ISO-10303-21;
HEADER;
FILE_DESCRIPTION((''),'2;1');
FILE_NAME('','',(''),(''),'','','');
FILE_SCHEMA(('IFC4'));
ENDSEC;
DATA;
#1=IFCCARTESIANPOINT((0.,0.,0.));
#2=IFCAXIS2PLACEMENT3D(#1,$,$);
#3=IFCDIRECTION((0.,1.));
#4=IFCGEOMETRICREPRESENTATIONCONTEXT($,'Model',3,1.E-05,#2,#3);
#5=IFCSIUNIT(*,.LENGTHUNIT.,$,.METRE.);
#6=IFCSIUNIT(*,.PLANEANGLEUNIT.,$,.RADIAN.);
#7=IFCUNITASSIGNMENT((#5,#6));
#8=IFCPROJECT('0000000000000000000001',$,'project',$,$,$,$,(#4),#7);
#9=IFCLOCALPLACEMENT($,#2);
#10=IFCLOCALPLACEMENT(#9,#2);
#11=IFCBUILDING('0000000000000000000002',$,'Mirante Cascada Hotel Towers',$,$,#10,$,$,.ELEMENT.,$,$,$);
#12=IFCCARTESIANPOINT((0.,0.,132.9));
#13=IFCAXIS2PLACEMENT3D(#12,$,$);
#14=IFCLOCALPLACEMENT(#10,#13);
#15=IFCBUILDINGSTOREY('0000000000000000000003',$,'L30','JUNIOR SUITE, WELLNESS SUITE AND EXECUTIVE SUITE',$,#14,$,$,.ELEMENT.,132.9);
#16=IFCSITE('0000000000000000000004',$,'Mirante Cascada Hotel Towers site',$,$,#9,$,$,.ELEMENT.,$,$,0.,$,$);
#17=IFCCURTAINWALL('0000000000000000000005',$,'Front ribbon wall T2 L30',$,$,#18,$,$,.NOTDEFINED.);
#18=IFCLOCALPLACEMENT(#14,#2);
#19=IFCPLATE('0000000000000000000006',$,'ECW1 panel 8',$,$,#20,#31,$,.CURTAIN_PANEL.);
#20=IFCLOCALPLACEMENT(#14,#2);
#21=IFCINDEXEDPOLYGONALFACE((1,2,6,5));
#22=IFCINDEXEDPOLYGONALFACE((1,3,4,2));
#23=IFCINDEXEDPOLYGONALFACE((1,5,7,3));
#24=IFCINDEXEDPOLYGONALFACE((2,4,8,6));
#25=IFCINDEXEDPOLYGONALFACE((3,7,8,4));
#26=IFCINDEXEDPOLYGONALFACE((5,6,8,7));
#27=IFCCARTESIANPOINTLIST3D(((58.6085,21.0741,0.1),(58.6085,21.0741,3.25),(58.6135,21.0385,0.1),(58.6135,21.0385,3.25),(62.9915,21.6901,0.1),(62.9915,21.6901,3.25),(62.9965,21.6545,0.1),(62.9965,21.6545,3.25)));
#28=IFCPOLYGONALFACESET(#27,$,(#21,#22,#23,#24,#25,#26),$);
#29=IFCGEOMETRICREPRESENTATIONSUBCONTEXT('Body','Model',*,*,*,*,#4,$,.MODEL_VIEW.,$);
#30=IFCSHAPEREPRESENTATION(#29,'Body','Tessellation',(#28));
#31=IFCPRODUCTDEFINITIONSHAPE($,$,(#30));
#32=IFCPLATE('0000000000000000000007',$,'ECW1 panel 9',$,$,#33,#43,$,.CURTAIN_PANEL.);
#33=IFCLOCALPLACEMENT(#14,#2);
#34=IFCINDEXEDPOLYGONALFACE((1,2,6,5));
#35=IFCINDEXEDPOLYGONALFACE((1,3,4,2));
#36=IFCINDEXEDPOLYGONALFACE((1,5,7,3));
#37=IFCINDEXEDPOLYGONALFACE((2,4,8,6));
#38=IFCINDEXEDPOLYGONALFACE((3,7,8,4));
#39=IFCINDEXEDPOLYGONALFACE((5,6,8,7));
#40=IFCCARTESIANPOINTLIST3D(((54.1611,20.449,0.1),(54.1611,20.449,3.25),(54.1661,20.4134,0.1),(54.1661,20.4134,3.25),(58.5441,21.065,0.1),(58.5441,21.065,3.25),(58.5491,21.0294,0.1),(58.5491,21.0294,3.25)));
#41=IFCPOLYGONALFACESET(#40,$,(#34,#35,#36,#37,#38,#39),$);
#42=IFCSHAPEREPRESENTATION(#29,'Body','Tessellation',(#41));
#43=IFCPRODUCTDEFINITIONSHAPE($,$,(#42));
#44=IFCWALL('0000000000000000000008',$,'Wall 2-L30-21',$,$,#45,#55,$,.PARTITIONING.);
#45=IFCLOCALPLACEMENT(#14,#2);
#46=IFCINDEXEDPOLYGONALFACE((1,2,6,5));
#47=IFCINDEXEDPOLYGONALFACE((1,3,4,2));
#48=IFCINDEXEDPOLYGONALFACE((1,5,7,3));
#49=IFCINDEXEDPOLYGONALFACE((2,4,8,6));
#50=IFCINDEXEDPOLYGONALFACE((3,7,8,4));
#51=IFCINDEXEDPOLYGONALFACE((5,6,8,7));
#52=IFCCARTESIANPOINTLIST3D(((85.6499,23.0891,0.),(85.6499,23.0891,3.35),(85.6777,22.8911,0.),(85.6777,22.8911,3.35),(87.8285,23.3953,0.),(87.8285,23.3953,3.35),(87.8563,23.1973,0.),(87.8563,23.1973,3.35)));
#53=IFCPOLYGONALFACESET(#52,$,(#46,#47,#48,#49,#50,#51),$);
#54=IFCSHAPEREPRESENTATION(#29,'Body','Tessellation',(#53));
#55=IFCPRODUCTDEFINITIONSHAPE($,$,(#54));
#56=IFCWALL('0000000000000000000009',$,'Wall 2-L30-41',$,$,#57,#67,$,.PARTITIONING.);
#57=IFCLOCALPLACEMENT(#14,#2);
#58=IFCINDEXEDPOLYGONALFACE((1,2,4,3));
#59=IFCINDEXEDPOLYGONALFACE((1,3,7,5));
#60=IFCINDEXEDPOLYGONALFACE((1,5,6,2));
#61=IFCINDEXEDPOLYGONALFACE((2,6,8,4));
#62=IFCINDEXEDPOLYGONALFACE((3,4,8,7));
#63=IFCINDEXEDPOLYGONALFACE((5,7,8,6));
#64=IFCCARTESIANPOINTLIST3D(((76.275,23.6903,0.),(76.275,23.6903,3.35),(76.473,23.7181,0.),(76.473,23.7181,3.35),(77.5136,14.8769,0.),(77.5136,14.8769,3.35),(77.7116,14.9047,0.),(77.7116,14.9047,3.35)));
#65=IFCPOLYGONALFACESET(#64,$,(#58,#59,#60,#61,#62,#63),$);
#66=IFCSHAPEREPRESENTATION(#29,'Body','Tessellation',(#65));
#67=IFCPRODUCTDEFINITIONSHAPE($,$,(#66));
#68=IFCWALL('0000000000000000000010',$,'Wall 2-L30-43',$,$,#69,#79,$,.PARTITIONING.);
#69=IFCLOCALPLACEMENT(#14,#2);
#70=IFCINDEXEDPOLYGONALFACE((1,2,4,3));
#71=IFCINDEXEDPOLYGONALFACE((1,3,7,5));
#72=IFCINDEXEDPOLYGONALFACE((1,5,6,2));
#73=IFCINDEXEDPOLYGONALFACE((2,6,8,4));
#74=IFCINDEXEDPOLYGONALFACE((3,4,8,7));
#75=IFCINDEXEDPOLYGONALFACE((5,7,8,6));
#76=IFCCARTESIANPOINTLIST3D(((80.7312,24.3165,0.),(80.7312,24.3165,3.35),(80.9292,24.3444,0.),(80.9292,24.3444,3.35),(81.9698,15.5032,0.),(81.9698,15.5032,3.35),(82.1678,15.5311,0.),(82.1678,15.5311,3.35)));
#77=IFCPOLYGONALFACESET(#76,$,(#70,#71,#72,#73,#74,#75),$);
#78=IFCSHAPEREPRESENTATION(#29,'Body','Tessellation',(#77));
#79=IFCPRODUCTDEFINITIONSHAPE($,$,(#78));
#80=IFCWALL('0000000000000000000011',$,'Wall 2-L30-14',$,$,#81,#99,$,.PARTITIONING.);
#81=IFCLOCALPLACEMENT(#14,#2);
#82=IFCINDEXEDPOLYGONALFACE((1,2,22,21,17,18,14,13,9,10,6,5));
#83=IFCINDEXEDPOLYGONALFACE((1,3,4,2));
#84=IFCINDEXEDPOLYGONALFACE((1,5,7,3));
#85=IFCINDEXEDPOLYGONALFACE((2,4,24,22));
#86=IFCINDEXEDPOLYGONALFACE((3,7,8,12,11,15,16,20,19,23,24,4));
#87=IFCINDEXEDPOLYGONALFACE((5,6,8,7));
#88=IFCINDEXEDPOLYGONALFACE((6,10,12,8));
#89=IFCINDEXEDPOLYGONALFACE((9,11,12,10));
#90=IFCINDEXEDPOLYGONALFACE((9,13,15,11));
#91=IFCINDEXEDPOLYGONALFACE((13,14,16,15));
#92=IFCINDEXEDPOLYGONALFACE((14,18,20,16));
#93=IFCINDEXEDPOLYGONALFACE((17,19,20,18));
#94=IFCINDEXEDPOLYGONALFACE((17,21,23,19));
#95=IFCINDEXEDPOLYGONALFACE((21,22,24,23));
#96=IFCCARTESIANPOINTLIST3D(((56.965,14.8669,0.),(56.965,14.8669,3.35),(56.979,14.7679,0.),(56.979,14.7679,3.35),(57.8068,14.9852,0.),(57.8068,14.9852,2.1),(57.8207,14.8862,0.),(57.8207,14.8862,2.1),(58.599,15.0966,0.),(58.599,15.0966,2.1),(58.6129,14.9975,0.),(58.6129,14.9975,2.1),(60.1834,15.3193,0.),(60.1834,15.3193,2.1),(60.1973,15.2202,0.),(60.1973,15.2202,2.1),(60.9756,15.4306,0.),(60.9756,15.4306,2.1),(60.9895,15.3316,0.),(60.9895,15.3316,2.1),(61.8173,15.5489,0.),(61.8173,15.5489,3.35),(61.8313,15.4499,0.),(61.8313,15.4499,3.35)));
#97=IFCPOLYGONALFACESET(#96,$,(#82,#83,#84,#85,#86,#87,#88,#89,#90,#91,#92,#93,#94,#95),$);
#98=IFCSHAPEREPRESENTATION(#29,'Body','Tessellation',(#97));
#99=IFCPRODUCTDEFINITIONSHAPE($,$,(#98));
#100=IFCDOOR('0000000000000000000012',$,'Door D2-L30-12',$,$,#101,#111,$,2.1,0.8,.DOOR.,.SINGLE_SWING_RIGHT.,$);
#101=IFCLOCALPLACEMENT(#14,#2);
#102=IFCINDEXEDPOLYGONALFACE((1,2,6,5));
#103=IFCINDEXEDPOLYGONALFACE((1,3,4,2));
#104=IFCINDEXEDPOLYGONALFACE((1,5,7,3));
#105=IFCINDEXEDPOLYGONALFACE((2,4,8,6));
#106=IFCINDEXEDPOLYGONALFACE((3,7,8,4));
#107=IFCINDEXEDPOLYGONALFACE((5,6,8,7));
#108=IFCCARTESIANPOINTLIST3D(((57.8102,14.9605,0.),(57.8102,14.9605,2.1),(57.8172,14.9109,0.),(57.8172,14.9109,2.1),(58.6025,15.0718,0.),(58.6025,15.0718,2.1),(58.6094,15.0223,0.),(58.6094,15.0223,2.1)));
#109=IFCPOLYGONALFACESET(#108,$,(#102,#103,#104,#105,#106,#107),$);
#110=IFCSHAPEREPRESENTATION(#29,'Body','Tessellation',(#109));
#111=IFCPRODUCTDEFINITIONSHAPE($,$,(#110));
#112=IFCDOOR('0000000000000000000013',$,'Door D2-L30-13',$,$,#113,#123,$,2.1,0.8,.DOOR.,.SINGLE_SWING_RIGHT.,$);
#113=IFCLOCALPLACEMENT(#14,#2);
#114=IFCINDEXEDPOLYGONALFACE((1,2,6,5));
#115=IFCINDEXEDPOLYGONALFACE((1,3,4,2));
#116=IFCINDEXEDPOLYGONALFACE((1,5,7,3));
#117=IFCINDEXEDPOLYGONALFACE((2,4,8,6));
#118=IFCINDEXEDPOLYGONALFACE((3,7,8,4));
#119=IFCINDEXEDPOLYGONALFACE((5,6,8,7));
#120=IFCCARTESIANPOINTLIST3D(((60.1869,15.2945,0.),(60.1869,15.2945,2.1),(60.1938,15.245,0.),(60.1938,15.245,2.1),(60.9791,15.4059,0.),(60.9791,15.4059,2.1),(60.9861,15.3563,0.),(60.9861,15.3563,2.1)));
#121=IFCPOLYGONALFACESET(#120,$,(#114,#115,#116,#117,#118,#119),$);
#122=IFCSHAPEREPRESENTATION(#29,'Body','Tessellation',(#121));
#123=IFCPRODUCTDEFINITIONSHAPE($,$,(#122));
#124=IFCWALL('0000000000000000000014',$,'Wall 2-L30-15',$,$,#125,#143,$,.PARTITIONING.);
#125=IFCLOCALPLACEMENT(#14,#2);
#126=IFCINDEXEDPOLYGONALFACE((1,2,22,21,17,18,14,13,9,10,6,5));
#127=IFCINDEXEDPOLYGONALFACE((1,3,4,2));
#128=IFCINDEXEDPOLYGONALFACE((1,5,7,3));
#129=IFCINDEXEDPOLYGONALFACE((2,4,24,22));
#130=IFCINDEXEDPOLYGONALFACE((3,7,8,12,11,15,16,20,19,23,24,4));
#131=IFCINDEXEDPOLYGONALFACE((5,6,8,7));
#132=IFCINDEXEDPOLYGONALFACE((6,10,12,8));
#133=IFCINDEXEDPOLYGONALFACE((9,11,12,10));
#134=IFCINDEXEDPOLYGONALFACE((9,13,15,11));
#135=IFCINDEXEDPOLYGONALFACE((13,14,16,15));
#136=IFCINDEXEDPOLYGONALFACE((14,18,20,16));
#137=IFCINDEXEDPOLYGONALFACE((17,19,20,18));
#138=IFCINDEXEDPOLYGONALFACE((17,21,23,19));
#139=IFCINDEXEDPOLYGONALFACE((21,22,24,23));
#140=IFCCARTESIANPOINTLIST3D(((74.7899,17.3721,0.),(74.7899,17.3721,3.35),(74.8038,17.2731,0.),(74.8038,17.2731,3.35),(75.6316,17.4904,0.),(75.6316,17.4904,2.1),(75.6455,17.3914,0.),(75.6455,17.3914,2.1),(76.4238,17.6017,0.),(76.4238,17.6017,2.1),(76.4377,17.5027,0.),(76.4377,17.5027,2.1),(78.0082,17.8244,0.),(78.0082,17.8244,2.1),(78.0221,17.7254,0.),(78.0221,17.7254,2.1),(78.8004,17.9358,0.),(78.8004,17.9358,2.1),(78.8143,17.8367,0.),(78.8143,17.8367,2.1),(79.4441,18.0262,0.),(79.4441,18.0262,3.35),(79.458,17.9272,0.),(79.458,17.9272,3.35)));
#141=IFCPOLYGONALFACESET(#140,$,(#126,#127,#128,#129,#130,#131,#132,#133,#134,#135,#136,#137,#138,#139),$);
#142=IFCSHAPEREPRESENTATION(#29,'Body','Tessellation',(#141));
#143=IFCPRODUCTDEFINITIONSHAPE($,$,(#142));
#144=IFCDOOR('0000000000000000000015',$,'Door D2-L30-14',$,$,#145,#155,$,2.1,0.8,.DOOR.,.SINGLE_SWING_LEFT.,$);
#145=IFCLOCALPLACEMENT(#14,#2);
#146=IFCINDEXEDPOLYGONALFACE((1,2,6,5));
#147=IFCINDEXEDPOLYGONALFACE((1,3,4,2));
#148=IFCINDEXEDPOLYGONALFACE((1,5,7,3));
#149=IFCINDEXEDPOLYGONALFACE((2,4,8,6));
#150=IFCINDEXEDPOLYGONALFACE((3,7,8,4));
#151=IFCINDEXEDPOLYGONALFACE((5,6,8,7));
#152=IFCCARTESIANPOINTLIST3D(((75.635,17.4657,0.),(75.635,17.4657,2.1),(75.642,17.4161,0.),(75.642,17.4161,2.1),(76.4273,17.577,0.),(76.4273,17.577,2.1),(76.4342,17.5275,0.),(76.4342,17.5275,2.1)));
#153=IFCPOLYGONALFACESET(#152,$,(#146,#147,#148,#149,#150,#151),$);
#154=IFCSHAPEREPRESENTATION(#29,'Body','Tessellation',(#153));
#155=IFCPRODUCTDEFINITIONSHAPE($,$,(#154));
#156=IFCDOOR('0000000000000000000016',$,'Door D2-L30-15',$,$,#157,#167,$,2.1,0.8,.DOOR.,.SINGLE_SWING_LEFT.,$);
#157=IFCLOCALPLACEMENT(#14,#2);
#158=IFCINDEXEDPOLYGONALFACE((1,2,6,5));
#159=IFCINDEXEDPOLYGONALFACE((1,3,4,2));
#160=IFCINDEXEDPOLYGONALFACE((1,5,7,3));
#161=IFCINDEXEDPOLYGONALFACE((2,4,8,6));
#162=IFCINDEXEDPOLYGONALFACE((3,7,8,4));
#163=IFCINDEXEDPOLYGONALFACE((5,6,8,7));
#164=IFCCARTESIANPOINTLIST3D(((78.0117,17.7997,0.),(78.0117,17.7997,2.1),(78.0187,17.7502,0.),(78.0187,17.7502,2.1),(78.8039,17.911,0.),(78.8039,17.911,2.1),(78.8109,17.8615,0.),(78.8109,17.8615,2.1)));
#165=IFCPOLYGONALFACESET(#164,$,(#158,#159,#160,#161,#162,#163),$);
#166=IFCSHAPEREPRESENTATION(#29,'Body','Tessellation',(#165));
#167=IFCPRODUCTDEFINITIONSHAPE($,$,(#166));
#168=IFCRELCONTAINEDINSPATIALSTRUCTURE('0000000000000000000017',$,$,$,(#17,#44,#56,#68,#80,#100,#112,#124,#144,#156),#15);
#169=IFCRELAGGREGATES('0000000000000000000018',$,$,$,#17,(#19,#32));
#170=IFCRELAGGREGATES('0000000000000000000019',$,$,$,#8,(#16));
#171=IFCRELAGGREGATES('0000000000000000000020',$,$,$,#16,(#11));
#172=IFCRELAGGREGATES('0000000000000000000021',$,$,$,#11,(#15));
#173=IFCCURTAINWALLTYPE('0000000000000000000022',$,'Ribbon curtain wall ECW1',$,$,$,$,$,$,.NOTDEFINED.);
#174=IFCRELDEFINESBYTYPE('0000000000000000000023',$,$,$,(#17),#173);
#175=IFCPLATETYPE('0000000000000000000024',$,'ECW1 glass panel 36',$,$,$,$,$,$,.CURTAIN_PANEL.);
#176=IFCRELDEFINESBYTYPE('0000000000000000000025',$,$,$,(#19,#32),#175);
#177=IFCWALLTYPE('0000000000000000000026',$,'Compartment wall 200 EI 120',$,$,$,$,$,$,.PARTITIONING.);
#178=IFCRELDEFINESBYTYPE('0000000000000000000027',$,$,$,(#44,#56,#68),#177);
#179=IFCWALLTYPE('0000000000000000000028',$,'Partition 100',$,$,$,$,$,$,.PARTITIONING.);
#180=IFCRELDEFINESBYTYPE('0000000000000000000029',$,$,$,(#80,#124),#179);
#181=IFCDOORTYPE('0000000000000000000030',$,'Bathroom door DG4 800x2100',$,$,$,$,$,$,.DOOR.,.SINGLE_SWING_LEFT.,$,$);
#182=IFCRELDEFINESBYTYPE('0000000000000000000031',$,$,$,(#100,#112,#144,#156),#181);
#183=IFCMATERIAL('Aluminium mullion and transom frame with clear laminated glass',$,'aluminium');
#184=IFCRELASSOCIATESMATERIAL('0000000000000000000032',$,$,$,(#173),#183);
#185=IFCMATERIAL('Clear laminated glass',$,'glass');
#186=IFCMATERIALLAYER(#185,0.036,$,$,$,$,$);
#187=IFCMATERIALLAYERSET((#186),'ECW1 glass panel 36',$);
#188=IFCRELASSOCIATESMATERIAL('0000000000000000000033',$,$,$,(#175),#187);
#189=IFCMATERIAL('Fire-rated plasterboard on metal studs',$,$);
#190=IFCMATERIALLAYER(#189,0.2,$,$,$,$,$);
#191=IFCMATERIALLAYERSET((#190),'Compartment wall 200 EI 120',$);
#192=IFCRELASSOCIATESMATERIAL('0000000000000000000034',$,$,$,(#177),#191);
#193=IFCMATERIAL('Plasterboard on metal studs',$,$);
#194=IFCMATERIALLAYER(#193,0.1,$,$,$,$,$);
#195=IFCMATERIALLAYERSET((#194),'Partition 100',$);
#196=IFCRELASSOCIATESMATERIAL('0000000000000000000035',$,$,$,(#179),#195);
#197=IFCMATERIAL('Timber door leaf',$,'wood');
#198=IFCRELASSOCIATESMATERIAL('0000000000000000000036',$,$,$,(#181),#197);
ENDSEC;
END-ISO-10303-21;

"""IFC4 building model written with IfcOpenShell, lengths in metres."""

from ifc_helpers import new_model, si_unit, direction, frame, frame_2d, origin, origin_2d, place, context, subcontext, project, spatial, rectangle, extrude, material, layer, layer_set, type_object, element, fill, aggregate, save


model = new_model("IFC4")

# Units and contexts
model_context = context("Model", 3, precision=1e-05, world=origin(), true_north=direction((0.0, 1.0)))
body_context = subcontext(model_context, "Body", "Model", "MODEL_VIEW")
ifc_project = project(units=[si_unit("LENGTHUNIT", "METRE"), si_unit("PLANEANGLEUNIT", "RADIAN")], contexts=[model_context])

# Site, building, storey
site_placement = place(None, origin())
site = spatial("IfcSite", under=ifc_project, at=site_placement, Name="Mirante Cascada Hotel Towers site", CompositionType="ELEMENT", RefElevation=0.0)
building_placement = place(site_placement, origin())
building = spatial("IfcBuilding", under=site, at=building_placement, Name="Mirante Cascada Hotel Towers", CompositionType="ELEMENT")
storey_placement = place(building_placement, frame((0.0, 0.0, 132.9)))
storey = spatial("IfcBuildingStorey", under=building, at=storey_placement, Name="L30", Description="JUNIOR SUITE, WELLNESS SUITE AND EXECUTIVE SUITE", CompositionType="ELEMENT", Elevation=132.9)

# Curtain wall, plates
ifc_material_1 = material(Name="Aluminium mullion and transom frame with clear laminated glass", Category="aluminium")
curtain_wall_type = type_object("IfcCurtainWallType", Name="Ribbon curtain wall ECW1", PredefinedType="NOTDEFINED", material=ifc_material_1)
curtain_wall_placement = place(storey_placement, origin())
curtain_wall = element("IfcCurtainWall", 1, at=curtain_wall_placement, inside=storey, type_object=curtain_wall_type, Name="Front ribbon wall T2 L30", PredefinedType="NOTDEFINED")
ifc_material_2 = material(Name="Clear laminated glass", Category="glass")
ifc_layer_1 = layer(ifc_material_2, 0.036)
ifc_layer_set_1 = layer_set([ifc_layer_1], Name="ECW1 glass panel 36")
plate_type = type_object("IfcPlateType", Name="ECW1 glass panel 36", PredefinedType="CURTAIN_PANEL", material=ifc_layer_set_1)
plate_1_placement = place(storey_placement, frame((60.8025, 21.3643, 0.1), z_axis=(0.0, 0.0, 1.0), x_axis=(-0.990268, -0.139173, 0.0)))
plate_1 = element("IfcPlate", 2, at=plate_1_placement, type_object=plate_type, Name="ECW1 panel 8", PredefinedType="CURTAIN_PANEL", context=body_context, shape_type="SweptSolid", body=[
    extrude(rectangle(XDim=4.4261, YDim=0.036, at=origin_2d()), origin(), (0.0, 0.0, 1.0), 3.15),
])
plate_2_placement = place(storey_placement, frame((56.3551, 20.7392, 0.1), z_axis=(0.0, 0.0, 1.0), x_axis=(-0.990268, -0.139173, 0.0)))
plate_2 = element("IfcPlate", 3, at=plate_2_placement, type_object=plate_type, Name="ECW1 panel 9", PredefinedType="CURTAIN_PANEL", context=body_context, shape_type="SweptSolid", body=[
    extrude(rectangle(XDim=4.4261, YDim=0.036, at=origin_2d()), origin(), (0.0, 0.0, 1.0), 3.15),
])
aggregate(curtain_wall, [plate_1, plate_2])

# Walls
ifc_material_3 = material(Name="Fire-rated plasterboard on metal studs")
ifc_layer_2 = layer(ifc_material_3, 0.2)
ifc_layer_set_2 = layer_set([ifc_layer_2], Name="Compartment wall 200 EI 120")
wall_type_1 = type_object("IfcWallType", Name="Compartment wall 200 EI 120", PredefinedType="PARTITIONING", material=ifc_layer_set_2)
wall_1_placement = place(storey_placement, frame((85.6638, 22.9901, 0.0), z_axis=(0.0, 0.0, 1.0), x_axis=(0.990267, 0.139181, 0.0)))
element("IfcWall", 4, at=wall_1_placement, inside=storey, type_object=wall_type_1, Name="Wall 2-L30-21", PredefinedType="PARTITIONING", context=body_context, shape_type="SweptSolid", body=[
    extrude(rectangle(XDim=2.2, YDim=0.2, at=frame_2d((1.1, 0.0))), origin(), (0.0, 0.0, 1.0), 3.35),
])
wall_2_placement = place(storey_placement, frame((77.6126, 14.8908, 0.0), z_axis=(0.0, 0.0, 1.0), x_axis=(-0.139168, 0.990269, 0.0)))
element("IfcWall", 5, at=wall_2_placement, inside=storey, type_object=wall_type_1, Name="Wall 2-L30-41", PredefinedType="PARTITIONING", context=body_context, shape_type="SweptSolid", body=[
    extrude(rectangle(XDim=8.9, YDim=0.2, at=frame_2d((4.45, 0.0))), origin(), (0.0, 0.0, 1.0), 3.35),
])
wall_3_placement = place(storey_placement, frame((82.0688, 15.5171, 0.0), z_axis=(0.0, 0.0, 1.0), x_axis=(-0.13917, 0.990268, 0.0)))
element("IfcWall", 6, at=wall_3_placement, inside=storey, type_object=wall_type_1, Name="Wall 2-L30-43", PredefinedType="PARTITIONING", context=body_context, shape_type="SweptSolid", body=[
    extrude(rectangle(XDim=8.8999, YDim=0.2, at=frame_2d((4.45, 0.0))), origin(), (0.0, 0.0, 1.0), 3.35),
])

# Walls, openings, doors
ifc_material_4 = material(Name="Plasterboard on metal studs")
ifc_layer_3 = layer(ifc_material_4, 0.1)
ifc_layer_set_3 = layer_set([ifc_layer_3], Name="Partition 100")
wall_type_2 = type_object("IfcWallType", Name="Partition 100", PredefinedType="PARTITIONING", material=ifc_layer_set_3)
wall_4_placement = place(storey_placement, frame((61.8243, 15.4994, 0.0), z_axis=(0.0, 0.0, 1.0), x_axis=(-0.990267, -0.139184, 0.0)))
wall_4 = element("IfcWall", 7, at=wall_4_placement, inside=storey, type_object=wall_type_2, Name="Wall 2-L30-14", PredefinedType="PARTITIONING", context=body_context, shape_type="SweptSolid", body=[
    extrude(rectangle(XDim=4.9, YDim=0.1, at=frame_2d((2.45, 0.0))), origin(), (0.0, 0.0, 1.0), 3.35),
])
opening_1_placement = place(wall_4_placement, frame((3.25, 0.0, 0.0)))
opening_1 = element("IfcOpeningElement", 8, at=opening_1_placement, cuts=wall_4, PredefinedType="OPENING", context=body_context, shape_type="SweptSolid", body=[
    extrude(rectangle(XDim=0.8, YDim=2.1, at=frame_2d((0.4, 1.05))), frame((0.0, 0.05, 0.0), z_axis=(0.0, -1.0, 0.0), x_axis=(1.0, 0.0, 0.0)), (0.0, 0.0, 1.0), 0.1),
])
opening_2_placement = place(wall_4_placement, frame((0.85, 0.0, 0.0)))
opening_2 = element("IfcOpeningElement", 9, at=opening_2_placement, cuts=wall_4, PredefinedType="OPENING", context=body_context, shape_type="SweptSolid", body=[
    extrude(rectangle(XDim=0.8, YDim=2.1, at=frame_2d((0.4, 1.05))), frame((0.0, 0.05, 0.0), z_axis=(0.0, -1.0, 0.0), x_axis=(1.0, 0.0, 0.0)), (0.0, 0.0, 1.0), 0.1),
])
ifc_material_5 = material(Name="Timber door leaf", Category="wood")
door_type = type_object("IfcDoorType", Name="Bathroom door DG4 800x2100", OperationType="SINGLE_SWING_LEFT", PredefinedType="DOOR", material=ifc_material_5)
door_1_placement = place(opening_1_placement, frame((0.8, 0.0, 0.0), z_axis=(0.0, 0.0, 1.0), x_axis=(-1.0, 0.0, 0.0)))
door_1 = element("IfcDoor", 10, at=door_1_placement, inside=storey, type_object=door_type, Name="Door D2-L30-12", OperationType="SINGLE_SWING_RIGHT", OverallHeight=2.1, OverallWidth=0.8, PredefinedType="DOOR", context=body_context, shape_type="SweptSolid", body=[
    extrude(rectangle(XDim=0.8, YDim=2.1, at=frame_2d((0.4, 1.05))), frame((0.0, 0.025, 0.0), z_axis=(0.0, -1.0, 0.0), x_axis=(1.0, 0.0, 0.0)), (0.0, 0.0, 1.0), 0.05),
])
fill(opening_1, door_1)
door_2_placement = place(opening_2_placement, frame((0.8, 0.0, 0.0), z_axis=(0.0, 0.0, 1.0), x_axis=(-1.0, 0.0, 0.0)))
door_2 = element("IfcDoor", 11, at=door_2_placement, inside=storey, type_object=door_type, Name="Door D2-L30-13", OperationType="SINGLE_SWING_RIGHT", OverallHeight=2.1, OverallWidth=0.8, PredefinedType="DOOR", context=body_context, shape_type="SweptSolid", body=[
    extrude(rectangle(XDim=0.8, YDim=2.1, at=frame_2d((0.4, 1.05))), frame((0.0, 0.025, 0.0), z_axis=(0.0, -1.0, 0.0), x_axis=(1.0, 0.0, 0.0)), (0.0, 0.0, 1.0), 0.05),
])
fill(opening_2, door_2)
wall_5_placement = place(storey_placement, frame((74.7968, 17.3226, 0.0), z_axis=(0.0, 0.0, 1.0), x_axis=(0.990268, 0.139172, 0.0)))
wall_5 = element("IfcWall", 12, at=wall_5_placement, inside=storey, type_object=wall_type_2, Name="Wall 2-L30-15", PredefinedType="PARTITIONING", context=body_context, shape_type="SweptSolid", body=[
    extrude(rectangle(XDim=4.6999, YDim=0.1, at=frame_2d((2.35, 0.0))), origin(), (0.0, 0.0, 1.0), 3.35),
])
opening_3_placement = place(wall_5_placement, frame((0.85, 0.0, 0.0)))
opening_3 = element("IfcOpeningElement", 13, at=opening_3_placement, cuts=wall_5, PredefinedType="OPENING", context=body_context, shape_type="SweptSolid", body=[
    extrude(rectangle(XDim=0.8, YDim=2.1, at=frame_2d((0.4, 1.05))), frame((0.0, 0.05, 0.0), z_axis=(0.0, -1.0, 0.0), x_axis=(1.0, 0.0, 0.0)), (0.0, 0.0, 1.0), 0.1),
])
opening_4_placement = place(wall_5_placement, frame((3.25, 0.0, 0.0)))
opening_4 = element("IfcOpeningElement", 14, at=opening_4_placement, cuts=wall_5, PredefinedType="OPENING", context=body_context, shape_type="SweptSolid", body=[
    extrude(rectangle(XDim=0.8, YDim=2.1, at=frame_2d((0.4, 1.05))), frame((0.0, 0.05, 0.0), z_axis=(0.0, -1.0, 0.0), x_axis=(1.0, 0.0, 0.0)), (0.0, 0.0, 1.0), 0.1),
])
door_3_placement = place(opening_3_placement, origin())
door_3 = element("IfcDoor", 15, at=door_3_placement, inside=storey, type_object=door_type, Name="Door D2-L30-14", OperationType="SINGLE_SWING_LEFT", OverallHeight=2.1, OverallWidth=0.8, PredefinedType="DOOR", context=body_context, shape_type="SweptSolid", body=[
    extrude(rectangle(XDim=0.8, YDim=2.1, at=frame_2d((0.4, 1.05))), frame((0.0, 0.025, 0.0), z_axis=(0.0, -1.0, 0.0), x_axis=(1.0, 0.0, 0.0)), (0.0, 0.0, 1.0), 0.05),
])
fill(opening_3, door_3)
door_4_placement = place(opening_4_placement, origin())
door_4 = element("IfcDoor", 16, at=door_4_placement, inside=storey, type_object=door_type, Name="Door D2-L30-15", OperationType="SINGLE_SWING_LEFT", OverallHeight=2.1, OverallWidth=0.8, PredefinedType="DOOR", context=body_context, shape_type="SweptSolid", body=[
    extrude(rectangle(XDim=0.8, YDim=2.1, at=frame_2d((0.4, 1.05))), frame((0.0, 0.025, 0.0), z_axis=(0.0, -1.0, 0.0), x_axis=(1.0, 0.0, 0.0)), (0.0, 0.0, 1.0), 0.05),
])
fill(opening_4, door_4)

save(model, "model.ifc")
